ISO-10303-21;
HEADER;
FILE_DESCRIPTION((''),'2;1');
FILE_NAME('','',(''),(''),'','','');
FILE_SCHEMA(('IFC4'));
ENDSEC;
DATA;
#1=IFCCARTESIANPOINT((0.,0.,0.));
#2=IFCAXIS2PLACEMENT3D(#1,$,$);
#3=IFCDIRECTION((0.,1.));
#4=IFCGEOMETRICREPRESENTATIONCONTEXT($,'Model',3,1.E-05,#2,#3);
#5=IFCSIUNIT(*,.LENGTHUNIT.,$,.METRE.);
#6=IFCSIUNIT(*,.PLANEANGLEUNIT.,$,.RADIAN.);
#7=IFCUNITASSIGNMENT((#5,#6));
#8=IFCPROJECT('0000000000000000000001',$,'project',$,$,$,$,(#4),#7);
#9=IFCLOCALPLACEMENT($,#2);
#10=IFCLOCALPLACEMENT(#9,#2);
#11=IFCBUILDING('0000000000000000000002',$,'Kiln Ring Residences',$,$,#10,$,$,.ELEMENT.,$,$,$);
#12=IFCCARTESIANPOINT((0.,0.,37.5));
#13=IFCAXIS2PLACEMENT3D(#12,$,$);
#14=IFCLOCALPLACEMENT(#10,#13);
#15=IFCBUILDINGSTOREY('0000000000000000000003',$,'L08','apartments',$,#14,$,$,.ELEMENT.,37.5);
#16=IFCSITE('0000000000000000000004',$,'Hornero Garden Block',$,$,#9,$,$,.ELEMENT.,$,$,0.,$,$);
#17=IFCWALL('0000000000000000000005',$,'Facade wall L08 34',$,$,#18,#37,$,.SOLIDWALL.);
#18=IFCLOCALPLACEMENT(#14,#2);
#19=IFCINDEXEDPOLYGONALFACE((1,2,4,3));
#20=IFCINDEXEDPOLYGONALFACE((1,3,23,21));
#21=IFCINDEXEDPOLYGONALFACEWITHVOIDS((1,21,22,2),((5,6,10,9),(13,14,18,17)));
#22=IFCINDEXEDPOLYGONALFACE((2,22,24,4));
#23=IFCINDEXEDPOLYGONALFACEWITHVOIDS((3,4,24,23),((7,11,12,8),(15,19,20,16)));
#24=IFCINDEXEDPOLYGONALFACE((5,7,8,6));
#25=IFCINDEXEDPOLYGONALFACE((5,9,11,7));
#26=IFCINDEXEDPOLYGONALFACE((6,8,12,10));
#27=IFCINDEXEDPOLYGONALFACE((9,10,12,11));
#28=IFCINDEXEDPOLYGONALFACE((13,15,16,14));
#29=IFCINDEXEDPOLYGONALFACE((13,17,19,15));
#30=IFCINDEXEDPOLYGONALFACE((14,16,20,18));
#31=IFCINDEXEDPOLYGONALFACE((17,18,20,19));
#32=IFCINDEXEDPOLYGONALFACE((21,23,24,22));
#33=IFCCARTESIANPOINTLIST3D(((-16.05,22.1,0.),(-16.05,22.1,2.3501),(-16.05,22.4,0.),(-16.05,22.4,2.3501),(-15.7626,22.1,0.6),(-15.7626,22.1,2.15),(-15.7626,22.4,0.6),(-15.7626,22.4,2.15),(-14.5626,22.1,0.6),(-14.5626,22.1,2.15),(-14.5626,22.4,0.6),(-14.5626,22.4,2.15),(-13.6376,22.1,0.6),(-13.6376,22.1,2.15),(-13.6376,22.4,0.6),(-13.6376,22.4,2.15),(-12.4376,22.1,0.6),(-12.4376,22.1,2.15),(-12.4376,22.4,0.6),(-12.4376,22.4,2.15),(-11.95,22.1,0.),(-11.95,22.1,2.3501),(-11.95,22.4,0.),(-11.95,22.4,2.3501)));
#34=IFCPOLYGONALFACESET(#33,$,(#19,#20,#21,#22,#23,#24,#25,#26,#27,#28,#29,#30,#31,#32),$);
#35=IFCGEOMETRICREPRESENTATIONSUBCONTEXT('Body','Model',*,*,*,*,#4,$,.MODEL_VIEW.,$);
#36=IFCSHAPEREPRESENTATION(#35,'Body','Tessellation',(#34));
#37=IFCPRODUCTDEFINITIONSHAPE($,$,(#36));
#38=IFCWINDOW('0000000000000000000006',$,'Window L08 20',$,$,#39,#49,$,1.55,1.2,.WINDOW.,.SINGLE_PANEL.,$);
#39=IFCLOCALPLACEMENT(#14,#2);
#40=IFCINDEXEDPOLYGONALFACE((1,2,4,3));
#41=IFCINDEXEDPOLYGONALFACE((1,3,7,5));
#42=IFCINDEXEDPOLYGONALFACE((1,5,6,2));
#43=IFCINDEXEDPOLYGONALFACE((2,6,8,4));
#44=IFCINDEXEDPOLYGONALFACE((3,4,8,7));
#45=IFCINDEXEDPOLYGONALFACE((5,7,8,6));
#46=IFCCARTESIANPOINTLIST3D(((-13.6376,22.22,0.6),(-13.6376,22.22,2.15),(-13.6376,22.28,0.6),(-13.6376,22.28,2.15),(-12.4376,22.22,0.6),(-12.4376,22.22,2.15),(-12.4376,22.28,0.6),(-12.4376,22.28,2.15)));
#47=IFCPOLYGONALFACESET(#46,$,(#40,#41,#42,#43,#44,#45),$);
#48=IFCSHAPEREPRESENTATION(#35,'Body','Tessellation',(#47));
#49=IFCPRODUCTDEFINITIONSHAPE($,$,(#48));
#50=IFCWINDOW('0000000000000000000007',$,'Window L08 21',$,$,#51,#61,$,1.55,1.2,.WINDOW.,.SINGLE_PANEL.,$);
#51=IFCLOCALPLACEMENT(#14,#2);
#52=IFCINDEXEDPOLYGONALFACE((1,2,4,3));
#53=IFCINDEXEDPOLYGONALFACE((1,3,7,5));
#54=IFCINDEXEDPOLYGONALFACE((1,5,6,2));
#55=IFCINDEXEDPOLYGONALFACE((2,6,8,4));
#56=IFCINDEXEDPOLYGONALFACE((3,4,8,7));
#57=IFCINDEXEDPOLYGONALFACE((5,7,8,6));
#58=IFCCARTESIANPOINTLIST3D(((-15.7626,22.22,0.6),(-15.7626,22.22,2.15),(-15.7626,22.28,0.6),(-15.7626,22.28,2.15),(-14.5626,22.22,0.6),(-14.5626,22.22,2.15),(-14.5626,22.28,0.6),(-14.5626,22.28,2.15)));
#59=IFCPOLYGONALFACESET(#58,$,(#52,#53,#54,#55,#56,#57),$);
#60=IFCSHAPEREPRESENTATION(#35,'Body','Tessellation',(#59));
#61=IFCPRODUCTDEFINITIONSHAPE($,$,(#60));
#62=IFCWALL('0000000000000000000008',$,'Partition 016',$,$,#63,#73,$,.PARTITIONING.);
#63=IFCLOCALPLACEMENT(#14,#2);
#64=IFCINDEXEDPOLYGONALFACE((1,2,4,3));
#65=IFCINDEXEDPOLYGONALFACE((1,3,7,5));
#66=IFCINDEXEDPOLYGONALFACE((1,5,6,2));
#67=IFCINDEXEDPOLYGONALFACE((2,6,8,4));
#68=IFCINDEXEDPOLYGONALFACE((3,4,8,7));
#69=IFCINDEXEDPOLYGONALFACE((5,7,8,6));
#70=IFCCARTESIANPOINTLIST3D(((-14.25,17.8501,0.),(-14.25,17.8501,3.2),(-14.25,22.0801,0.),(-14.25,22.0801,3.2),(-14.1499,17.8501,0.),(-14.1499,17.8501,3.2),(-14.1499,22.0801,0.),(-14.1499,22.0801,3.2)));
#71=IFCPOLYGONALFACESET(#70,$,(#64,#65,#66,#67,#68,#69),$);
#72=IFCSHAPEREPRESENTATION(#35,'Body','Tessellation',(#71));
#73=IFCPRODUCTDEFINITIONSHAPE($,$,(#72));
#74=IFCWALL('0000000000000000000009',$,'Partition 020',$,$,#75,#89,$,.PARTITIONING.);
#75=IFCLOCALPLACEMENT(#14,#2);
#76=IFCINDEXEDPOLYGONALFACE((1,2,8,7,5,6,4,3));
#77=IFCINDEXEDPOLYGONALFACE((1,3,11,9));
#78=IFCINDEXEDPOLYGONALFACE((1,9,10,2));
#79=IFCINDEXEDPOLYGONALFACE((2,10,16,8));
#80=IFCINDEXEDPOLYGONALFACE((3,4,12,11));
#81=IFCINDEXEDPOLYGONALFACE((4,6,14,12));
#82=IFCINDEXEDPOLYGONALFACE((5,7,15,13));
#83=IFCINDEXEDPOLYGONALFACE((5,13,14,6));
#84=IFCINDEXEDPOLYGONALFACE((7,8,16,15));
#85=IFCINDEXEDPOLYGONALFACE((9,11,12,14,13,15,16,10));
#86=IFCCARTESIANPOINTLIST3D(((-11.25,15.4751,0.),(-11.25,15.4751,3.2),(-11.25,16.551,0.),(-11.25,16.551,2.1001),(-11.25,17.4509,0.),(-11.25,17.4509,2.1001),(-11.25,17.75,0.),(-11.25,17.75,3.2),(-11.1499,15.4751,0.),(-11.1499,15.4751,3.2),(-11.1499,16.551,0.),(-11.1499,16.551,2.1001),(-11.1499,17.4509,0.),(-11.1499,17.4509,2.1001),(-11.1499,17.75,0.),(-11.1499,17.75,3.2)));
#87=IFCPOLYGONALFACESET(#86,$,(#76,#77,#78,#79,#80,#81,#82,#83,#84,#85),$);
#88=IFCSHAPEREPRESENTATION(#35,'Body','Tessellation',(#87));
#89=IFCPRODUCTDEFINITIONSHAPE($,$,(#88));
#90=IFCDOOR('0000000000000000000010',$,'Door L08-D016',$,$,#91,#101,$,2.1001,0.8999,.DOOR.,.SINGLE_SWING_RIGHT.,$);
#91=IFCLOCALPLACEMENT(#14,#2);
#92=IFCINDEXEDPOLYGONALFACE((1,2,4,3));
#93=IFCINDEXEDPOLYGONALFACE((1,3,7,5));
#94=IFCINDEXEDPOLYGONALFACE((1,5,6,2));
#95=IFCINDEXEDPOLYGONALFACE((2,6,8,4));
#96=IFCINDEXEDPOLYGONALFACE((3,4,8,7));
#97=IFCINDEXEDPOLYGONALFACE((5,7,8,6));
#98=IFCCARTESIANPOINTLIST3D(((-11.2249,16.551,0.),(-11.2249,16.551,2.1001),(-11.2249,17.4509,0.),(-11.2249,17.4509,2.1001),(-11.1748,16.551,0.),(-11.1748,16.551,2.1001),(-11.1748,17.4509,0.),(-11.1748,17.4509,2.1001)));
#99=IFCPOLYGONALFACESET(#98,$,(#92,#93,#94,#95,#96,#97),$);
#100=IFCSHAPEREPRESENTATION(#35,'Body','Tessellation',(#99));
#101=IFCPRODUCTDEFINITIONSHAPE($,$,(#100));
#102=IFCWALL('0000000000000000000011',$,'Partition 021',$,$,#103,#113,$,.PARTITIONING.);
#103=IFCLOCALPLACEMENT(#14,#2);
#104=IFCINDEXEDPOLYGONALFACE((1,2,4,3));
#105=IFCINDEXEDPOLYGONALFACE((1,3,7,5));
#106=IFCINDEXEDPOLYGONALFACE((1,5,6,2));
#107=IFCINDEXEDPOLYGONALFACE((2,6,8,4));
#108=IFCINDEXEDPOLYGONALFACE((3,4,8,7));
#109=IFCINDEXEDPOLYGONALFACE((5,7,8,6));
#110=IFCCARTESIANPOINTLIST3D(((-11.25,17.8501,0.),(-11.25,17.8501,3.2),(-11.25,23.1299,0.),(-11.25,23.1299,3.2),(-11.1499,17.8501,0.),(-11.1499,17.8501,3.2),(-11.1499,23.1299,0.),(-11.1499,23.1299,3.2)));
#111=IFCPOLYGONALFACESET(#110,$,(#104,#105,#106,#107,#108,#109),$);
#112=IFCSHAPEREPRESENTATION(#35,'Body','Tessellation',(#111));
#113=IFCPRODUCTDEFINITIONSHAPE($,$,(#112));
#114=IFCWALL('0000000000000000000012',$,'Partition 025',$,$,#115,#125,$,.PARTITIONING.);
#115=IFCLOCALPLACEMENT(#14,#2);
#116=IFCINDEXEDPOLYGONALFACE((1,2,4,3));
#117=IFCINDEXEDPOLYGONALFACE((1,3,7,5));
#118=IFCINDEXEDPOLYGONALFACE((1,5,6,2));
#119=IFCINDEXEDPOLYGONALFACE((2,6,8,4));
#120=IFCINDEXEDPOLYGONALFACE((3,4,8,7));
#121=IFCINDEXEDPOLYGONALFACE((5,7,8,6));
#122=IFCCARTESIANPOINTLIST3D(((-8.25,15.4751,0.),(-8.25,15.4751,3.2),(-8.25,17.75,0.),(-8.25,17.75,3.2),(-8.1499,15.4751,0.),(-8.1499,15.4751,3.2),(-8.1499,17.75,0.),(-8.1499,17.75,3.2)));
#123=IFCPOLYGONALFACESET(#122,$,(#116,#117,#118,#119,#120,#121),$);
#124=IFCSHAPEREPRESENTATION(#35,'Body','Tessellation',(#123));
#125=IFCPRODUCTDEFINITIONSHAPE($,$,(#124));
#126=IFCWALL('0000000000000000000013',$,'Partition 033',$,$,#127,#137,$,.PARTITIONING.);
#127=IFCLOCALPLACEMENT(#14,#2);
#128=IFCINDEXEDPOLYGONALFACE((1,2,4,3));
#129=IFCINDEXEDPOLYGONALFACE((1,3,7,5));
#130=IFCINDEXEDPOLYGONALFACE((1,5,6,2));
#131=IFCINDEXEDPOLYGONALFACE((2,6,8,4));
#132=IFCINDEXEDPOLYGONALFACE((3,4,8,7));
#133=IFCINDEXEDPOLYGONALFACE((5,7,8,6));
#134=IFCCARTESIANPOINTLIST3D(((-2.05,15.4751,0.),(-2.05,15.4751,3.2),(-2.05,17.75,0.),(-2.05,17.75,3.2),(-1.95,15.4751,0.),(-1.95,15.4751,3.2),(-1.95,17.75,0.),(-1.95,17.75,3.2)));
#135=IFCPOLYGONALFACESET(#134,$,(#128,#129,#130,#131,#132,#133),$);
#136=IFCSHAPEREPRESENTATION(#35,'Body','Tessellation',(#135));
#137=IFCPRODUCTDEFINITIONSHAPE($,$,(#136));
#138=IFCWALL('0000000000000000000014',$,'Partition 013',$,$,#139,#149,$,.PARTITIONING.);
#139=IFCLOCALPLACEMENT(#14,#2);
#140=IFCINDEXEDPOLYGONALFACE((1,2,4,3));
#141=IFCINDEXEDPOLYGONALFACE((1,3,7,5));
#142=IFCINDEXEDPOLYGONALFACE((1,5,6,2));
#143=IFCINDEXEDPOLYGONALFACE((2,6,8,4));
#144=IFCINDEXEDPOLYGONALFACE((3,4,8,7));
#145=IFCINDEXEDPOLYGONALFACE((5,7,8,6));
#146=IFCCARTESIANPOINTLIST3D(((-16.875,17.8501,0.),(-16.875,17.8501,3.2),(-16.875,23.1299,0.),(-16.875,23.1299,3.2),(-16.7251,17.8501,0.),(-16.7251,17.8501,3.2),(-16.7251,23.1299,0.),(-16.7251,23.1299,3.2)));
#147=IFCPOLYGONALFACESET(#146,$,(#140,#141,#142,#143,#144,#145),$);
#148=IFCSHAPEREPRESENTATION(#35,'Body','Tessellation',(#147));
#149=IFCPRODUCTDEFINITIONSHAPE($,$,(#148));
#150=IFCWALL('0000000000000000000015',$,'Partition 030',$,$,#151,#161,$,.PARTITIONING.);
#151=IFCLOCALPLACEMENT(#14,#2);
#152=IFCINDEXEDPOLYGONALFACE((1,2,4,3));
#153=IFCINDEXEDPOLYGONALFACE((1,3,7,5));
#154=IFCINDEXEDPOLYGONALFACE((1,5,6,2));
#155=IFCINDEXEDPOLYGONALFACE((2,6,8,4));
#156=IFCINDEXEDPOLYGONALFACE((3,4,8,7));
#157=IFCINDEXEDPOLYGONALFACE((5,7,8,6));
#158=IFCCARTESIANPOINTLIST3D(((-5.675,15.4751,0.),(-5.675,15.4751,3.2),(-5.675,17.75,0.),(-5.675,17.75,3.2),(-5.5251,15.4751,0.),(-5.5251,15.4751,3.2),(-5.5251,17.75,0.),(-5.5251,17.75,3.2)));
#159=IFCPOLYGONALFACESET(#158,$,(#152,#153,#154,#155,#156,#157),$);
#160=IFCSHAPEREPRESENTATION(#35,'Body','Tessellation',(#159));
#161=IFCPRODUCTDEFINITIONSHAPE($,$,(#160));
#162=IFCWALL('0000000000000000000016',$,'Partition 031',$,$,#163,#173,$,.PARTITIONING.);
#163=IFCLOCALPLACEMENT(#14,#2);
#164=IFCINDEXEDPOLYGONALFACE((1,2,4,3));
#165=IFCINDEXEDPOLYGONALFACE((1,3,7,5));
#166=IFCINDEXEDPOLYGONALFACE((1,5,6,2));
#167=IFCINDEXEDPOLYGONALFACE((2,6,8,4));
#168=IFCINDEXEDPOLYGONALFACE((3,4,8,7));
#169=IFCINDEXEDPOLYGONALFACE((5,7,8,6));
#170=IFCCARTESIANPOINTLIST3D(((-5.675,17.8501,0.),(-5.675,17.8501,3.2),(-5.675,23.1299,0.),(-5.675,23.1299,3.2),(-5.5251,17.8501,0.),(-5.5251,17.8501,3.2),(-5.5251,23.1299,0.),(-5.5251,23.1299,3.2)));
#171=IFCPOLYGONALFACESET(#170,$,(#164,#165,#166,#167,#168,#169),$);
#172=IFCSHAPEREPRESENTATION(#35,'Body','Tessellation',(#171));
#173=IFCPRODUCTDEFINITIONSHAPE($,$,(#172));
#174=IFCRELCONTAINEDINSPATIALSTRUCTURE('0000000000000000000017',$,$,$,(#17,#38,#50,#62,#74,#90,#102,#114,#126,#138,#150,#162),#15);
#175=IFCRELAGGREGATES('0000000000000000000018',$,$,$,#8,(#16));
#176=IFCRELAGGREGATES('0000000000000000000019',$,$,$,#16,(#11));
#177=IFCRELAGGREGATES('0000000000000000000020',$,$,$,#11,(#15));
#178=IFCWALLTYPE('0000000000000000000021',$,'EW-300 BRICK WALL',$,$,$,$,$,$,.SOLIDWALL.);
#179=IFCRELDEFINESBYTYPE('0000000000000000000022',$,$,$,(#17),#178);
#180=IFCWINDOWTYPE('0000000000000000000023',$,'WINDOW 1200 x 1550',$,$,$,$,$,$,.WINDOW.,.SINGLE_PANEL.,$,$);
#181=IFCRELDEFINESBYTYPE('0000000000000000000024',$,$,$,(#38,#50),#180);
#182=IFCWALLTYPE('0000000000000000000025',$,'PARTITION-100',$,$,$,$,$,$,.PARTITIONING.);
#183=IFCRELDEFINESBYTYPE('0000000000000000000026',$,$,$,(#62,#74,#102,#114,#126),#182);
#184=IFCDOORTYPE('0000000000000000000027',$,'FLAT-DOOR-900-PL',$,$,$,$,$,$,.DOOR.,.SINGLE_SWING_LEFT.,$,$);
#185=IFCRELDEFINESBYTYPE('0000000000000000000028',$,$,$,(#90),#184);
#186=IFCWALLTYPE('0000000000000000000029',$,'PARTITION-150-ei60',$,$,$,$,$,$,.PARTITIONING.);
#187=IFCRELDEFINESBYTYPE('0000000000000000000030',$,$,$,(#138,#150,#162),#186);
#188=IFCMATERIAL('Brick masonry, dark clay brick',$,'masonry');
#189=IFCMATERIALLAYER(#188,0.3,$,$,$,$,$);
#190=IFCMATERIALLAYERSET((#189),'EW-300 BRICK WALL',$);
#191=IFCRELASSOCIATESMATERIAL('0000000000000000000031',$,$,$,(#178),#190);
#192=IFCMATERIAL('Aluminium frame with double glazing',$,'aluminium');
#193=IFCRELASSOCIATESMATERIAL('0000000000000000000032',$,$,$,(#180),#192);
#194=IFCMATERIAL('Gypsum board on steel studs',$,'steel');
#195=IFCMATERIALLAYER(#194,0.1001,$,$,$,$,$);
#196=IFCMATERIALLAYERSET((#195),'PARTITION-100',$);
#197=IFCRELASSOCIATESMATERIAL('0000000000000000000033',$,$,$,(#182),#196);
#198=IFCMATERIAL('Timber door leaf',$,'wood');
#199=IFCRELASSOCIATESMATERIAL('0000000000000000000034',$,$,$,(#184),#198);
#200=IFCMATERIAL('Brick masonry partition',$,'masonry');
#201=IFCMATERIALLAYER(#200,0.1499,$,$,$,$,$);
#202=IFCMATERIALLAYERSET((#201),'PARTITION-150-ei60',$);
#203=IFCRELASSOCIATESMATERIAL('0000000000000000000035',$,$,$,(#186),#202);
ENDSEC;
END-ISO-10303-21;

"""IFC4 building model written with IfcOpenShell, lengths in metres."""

from ifc_helpers import new_model, si_unit, direction, frame, frame_2d, origin, place, context, subcontext, project, spatial, rectangle, extrude, material, layer, layer_set, type_object, element, fill, save


model = new_model("IFC4")

# Units and contexts
model_context = context("Model", 3, precision=1e-05, world=origin(), true_north=direction((0.0, 1.0)))
body_context = subcontext(model_context, "Body", "Model", "MODEL_VIEW")
ifc_project = project(units=[si_unit("LENGTHUNIT", "METRE"), si_unit("PLANEANGLEUNIT", "RADIAN")], contexts=[model_context])

# Site, building, storey
site_placement = place(None, origin())
site = spatial("IfcSite", under=ifc_project, at=site_placement, Name="Hornero Garden Block", CompositionType="ELEMENT", RefElevation=0.0)
building_placement = place(site_placement, origin())
building = spatial("IfcBuilding", under=site, at=building_placement, Name="Kiln Ring Residences", CompositionType="ELEMENT")
storey_placement = place(building_placement, frame((0.0, 0.0, 37.5)))
storey = spatial("IfcBuildingStorey", under=building, at=storey_placement, Name="L08", Description="apartments", CompositionType="ELEMENT", Elevation=37.5)

# Shared definitions
ifc_material_1 = material(Name="Brick masonry, dark clay brick", Category="masonry")
ifc_layer_1 = layer(ifc_material_1, 0.3)
ifc_layer_set_1 = layer_set([ifc_layer_1], Name="EW-300 BRICK WALL")
wall_type_1 = type_object("IfcWallType", Name="EW-300 BRICK WALL", PredefinedType="SOLIDWALL", material=ifc_layer_set_1)

# Wall, openings, windows
wall_1_placement = place(storey_placement, frame((-11.95, 22.25, 0.0), z_axis=(0.0, 0.0, 1.0), x_axis=(-1.0, 0.0, 0.0)))
wall_1 = element("IfcWall", 1, at=wall_1_placement, inside=storey, type_object=wall_type_1, Name="Facade wall L08 34", PredefinedType="SOLIDWALL", context=body_context, shape_type="SweptSolid", body=[
    extrude(rectangle(XDim=4.1001, YDim=0.3, at=frame_2d((2.05, 0.0))), origin(), (0.0, 0.0, 1.0), 2.3501),
])
opening_1_placement = place(wall_1_placement, frame((0.4875, 0.0, 0.6001)))
opening_1 = element("IfcOpeningElement", 2, at=opening_1_placement, cuts=wall_1, PredefinedType="OPENING", context=body_context, shape_type="SweptSolid", body=[
    extrude(rectangle(XDim=1.2, YDim=1.55, at=frame_2d((0.6001, 0.7749))), frame((0.0, 0.1599, 0.0), z_axis=(0.0, -1.0, 0.0), x_axis=(1.0, 0.0, 0.0)), (0.0, 0.0, 1.0), 0.3201),
])
opening_2_placement = place(wall_1_placement, frame((2.6125, 0.0, 0.6001)))
opening_2 = element("IfcOpeningElement", 3, at=opening_2_placement, cuts=wall_1, PredefinedType="OPENING", context=body_context, shape_type="SweptSolid", body=[
    extrude(rectangle(XDim=1.2, YDim=1.55, at=frame_2d((0.6001, 0.7749))), frame((0.0, 0.1599, 0.0), z_axis=(0.0, -1.0, 0.0), x_axis=(1.0, 0.0, 0.0)), (0.0, 0.0, 1.0), 0.3201),
])
ifc_material_2 = material(Name="Aluminium frame with double glazing", Category="aluminium")
window_type_1 = type_object("IfcWindowType", Name="WINDOW 1200 x 1550", PartitioningType="SINGLE_PANEL", PredefinedType="WINDOW", material=ifc_material_2)
window_1_placement = place(opening_1_placement, origin())
window_1 = element("IfcWindow", 4, at=window_1_placement, inside=storey, type_object=window_type_1, Name="Window L08 20", OverallHeight=1.55, OverallWidth=1.2, PartitioningType="SINGLE_PANEL", PredefinedType="WINDOW", context=body_context, shape_type="SweptSolid", body=[
    extrude(rectangle(XDim=1.2, YDim=1.55, at=frame_2d((0.6001, 0.7749))), frame((0.0, 0.03, 0.0), z_axis=(0.0, -1.0, 0.0), x_axis=(1.0, 0.0, 0.0)), (0.0, 0.0, 1.0), 0.0601),
])
fill(opening_1, window_1)
window_2_placement = place(opening_2_placement, origin())
window_2 = element("IfcWindow", 5, at=window_2_placement, inside=storey, type_object=window_type_1, Name="Window L08 21", OverallHeight=1.55, OverallWidth=1.2, PartitioningType="SINGLE_PANEL", PredefinedType="WINDOW", context=body_context, shape_type="SweptSolid", body=[
    extrude(rectangle(XDim=1.2, YDim=1.55, at=frame_2d((0.6001, 0.7749))), frame((0.0, 0.03, 0.0), z_axis=(0.0, -1.0, 0.0), x_axis=(1.0, 0.0, 0.0)), (0.0, 0.0, 1.0), 0.0601),
])
fill(opening_2, window_2)

# Wall
ifc_material_3 = material(Name="Gypsum board on steel studs", Category="steel")
ifc_layer_2 = layer(ifc_material_3, 0.1001)
ifc_layer_set_2 = layer_set([ifc_layer_2], Name="PARTITION-100")
wall_type_2 = type_object("IfcWallType", Name="PARTITION-100", PredefinedType="PARTITIONING", material=ifc_layer_set_2)
wall_2_placement = place(storey_placement, frame((-14.2, 17.8501, 0.0), z_axis=(0.0, 0.0, 1.0), x_axis=(0.0, 1.0, 0.0)))
element("IfcWall", 6, at=wall_2_placement, inside=storey, type_object=wall_type_2, Name="Partition 016", PredefinedType="PARTITIONING", context=body_context, shape_type="SweptSolid", body=[
    extrude(rectangle(XDim=4.23, YDim=0.1001, at=frame_2d((2.115, 0.0))), origin(), (0.0, 0.0, 1.0), 3.2),
])

# Wall, opening, door
wall_3_placement = place(storey_placement, frame((-11.2, 15.4751, 0.0), z_axis=(0.0, 0.0, 1.0), x_axis=(0.0, 1.0, 0.0)))
wall_3 = element("IfcWall", 7, at=wall_3_placement, inside=storey, type_object=wall_type_2, Name="Partition 020", PredefinedType="PARTITIONING", context=body_context, shape_type="SweptSolid", body=[
    extrude(rectangle(XDim=2.2749, YDim=0.1001, at=frame_2d((1.1375, 0.0))), origin(), (0.0, 0.0, 1.0), 3.2),
])
opening_3_placement = place(wall_3_placement, frame((1.0759, 0.0, 0.0)))
opening_3 = element("IfcOpeningElement", 8, at=opening_3_placement, cuts=wall_3, PredefinedType="OPENING", context=body_context, shape_type="SweptSolid", body=[
    extrude(rectangle(XDim=0.8999, YDim=2.1001, at=frame_2d((0.45, 1.05))), frame((0.0, 0.0601, 0.0), z_axis=(0.0, -1.0, 0.0), x_axis=(1.0, 0.0, 0.0)), (0.0, 0.0, 1.0), 0.1201),
])
ifc_material_4 = material(Name="Timber door leaf", Category="wood")
door_type = type_object("IfcDoorType", Name="FLAT-DOOR-900-PL", OperationType="SINGLE_SWING_LEFT", PredefinedType="DOOR", material=ifc_material_4)
door_placement = place(opening_3_placement, origin())
door = element("IfcDoor", 9, at=door_placement, inside=storey, type_object=door_type, Name="Door L08-D016", OperationType="SINGLE_SWING_RIGHT", OverallHeight=2.1001, OverallWidth=0.8999, PredefinedType="DOOR", context=body_context, shape_type="SweptSolid", body=[
    extrude(rectangle(XDim=0.8999, YDim=2.1001, at=frame_2d((0.45, 1.05))), frame((0.0, 0.0249, 0.0), z_axis=(0.0, -1.0, 0.0), x_axis=(1.0, 0.0, 0.0)), (0.0, 0.0, 1.0), 0.05),
])
fill(opening_3, door)

# Walls
wall_4_placement = place(storey_placement, frame((-11.2, 17.8501, 0.0), z_axis=(0.0, 0.0, 1.0), x_axis=(0.0, 1.0, 0.0)))
element("IfcWall", 10, at=wall_4_placement, inside=storey, type_object=wall_type_2, Name="Partition 021", PredefinedType="PARTITIONING", context=body_context, shape_type="SweptSolid", body=[
    extrude(rectangle(XDim=5.2798, YDim=0.1001, at=frame_2d((2.6399, 0.0))), origin(), (0.0, 0.0, 1.0), 3.2),
])
for number, where, z_axis, x_axis, name in (
    (11, (-8.2, 15.4751, 0.0), (0.0, 0.0, 1.0), (0.0, 1.0, 0.0), "Partition 025"),
    (12, (-2.0, 15.4751, 0.0), (0.0, 0.0, 1.0), (0.0, 1.0, 0.0), "Partition 033"),
):
    element("IfcWall", number, at=place(storey_placement, frame(where, z_axis=z_axis, x_axis=x_axis)), inside=storey, type_object=wall_type_2, Name=name, PredefinedType="PARTITIONING", context=body_context, shape_type="SweptSolid", body=[
        extrude(rectangle(XDim=2.2749, YDim=0.1001, at=frame_2d((1.1375, 0.0))), origin(), (0.0, 0.0, 1.0), 3.2),
    ])
ifc_material_5 = material(Name="Brick masonry partition", Category="masonry")
ifc_layer_3 = layer(ifc_material_5, 0.1499)
ifc_layer_set_3 = layer_set([ifc_layer_3], Name="PARTITION-150-ei60")
wall_type_3 = type_object("IfcWallType", Name="PARTITION-150-ei60", PredefinedType="PARTITIONING", material=ifc_layer_set_3)
wall_5_placement = place(storey_placement, frame((-16.8, 17.8501, 0.0), z_axis=(0.0, 0.0, 1.0), x_axis=(0.0, 1.0, 0.0)))
element("IfcWall", 13, at=wall_5_placement, inside=storey, type_object=wall_type_3, Name="Partition 013", PredefinedType="PARTITIONING", context=body_context, shape_type="SweptSolid", body=[
    extrude(rectangle(XDim=5.2798, YDim=0.1499, at=frame_2d((2.6399, 0.0))), origin(), (0.0, 0.0, 1.0), 3.2),
])
wall_6_placement = place(storey_placement, frame((-5.6001, 15.4751, 0.0), z_axis=(0.0, 0.0, 1.0), x_axis=(0.0, 1.0, 0.0)))
element("IfcWall", 14, at=wall_6_placement, inside=storey, type_object=wall_type_3, Name="Partition 030", PredefinedType="PARTITIONING", context=body_context, shape_type="SweptSolid", body=[
    extrude(rectangle(XDim=2.2749, YDim=0.1499, at=frame_2d((1.1375, 0.0))), origin(), (0.0, 0.0, 1.0), 3.2),
])
wall_7_placement = place(storey_placement, frame((-5.6001, 17.8501, 0.0), z_axis=(0.0, 0.0, 1.0), x_axis=(0.0, 1.0, 0.0)))
element("IfcWall", 15, at=wall_7_placement, inside=storey, type_object=wall_type_3, Name="Partition 031", PredefinedType="PARTITIONING", context=body_context, shape_type="SweptSolid", body=[
    extrude(rectangle(XDim=5.2798, YDim=0.1499, at=frame_2d((2.6399, 0.0))), origin(), (0.0, 0.0, 1.0), 3.2),
])

save(model, "model.ifc")
